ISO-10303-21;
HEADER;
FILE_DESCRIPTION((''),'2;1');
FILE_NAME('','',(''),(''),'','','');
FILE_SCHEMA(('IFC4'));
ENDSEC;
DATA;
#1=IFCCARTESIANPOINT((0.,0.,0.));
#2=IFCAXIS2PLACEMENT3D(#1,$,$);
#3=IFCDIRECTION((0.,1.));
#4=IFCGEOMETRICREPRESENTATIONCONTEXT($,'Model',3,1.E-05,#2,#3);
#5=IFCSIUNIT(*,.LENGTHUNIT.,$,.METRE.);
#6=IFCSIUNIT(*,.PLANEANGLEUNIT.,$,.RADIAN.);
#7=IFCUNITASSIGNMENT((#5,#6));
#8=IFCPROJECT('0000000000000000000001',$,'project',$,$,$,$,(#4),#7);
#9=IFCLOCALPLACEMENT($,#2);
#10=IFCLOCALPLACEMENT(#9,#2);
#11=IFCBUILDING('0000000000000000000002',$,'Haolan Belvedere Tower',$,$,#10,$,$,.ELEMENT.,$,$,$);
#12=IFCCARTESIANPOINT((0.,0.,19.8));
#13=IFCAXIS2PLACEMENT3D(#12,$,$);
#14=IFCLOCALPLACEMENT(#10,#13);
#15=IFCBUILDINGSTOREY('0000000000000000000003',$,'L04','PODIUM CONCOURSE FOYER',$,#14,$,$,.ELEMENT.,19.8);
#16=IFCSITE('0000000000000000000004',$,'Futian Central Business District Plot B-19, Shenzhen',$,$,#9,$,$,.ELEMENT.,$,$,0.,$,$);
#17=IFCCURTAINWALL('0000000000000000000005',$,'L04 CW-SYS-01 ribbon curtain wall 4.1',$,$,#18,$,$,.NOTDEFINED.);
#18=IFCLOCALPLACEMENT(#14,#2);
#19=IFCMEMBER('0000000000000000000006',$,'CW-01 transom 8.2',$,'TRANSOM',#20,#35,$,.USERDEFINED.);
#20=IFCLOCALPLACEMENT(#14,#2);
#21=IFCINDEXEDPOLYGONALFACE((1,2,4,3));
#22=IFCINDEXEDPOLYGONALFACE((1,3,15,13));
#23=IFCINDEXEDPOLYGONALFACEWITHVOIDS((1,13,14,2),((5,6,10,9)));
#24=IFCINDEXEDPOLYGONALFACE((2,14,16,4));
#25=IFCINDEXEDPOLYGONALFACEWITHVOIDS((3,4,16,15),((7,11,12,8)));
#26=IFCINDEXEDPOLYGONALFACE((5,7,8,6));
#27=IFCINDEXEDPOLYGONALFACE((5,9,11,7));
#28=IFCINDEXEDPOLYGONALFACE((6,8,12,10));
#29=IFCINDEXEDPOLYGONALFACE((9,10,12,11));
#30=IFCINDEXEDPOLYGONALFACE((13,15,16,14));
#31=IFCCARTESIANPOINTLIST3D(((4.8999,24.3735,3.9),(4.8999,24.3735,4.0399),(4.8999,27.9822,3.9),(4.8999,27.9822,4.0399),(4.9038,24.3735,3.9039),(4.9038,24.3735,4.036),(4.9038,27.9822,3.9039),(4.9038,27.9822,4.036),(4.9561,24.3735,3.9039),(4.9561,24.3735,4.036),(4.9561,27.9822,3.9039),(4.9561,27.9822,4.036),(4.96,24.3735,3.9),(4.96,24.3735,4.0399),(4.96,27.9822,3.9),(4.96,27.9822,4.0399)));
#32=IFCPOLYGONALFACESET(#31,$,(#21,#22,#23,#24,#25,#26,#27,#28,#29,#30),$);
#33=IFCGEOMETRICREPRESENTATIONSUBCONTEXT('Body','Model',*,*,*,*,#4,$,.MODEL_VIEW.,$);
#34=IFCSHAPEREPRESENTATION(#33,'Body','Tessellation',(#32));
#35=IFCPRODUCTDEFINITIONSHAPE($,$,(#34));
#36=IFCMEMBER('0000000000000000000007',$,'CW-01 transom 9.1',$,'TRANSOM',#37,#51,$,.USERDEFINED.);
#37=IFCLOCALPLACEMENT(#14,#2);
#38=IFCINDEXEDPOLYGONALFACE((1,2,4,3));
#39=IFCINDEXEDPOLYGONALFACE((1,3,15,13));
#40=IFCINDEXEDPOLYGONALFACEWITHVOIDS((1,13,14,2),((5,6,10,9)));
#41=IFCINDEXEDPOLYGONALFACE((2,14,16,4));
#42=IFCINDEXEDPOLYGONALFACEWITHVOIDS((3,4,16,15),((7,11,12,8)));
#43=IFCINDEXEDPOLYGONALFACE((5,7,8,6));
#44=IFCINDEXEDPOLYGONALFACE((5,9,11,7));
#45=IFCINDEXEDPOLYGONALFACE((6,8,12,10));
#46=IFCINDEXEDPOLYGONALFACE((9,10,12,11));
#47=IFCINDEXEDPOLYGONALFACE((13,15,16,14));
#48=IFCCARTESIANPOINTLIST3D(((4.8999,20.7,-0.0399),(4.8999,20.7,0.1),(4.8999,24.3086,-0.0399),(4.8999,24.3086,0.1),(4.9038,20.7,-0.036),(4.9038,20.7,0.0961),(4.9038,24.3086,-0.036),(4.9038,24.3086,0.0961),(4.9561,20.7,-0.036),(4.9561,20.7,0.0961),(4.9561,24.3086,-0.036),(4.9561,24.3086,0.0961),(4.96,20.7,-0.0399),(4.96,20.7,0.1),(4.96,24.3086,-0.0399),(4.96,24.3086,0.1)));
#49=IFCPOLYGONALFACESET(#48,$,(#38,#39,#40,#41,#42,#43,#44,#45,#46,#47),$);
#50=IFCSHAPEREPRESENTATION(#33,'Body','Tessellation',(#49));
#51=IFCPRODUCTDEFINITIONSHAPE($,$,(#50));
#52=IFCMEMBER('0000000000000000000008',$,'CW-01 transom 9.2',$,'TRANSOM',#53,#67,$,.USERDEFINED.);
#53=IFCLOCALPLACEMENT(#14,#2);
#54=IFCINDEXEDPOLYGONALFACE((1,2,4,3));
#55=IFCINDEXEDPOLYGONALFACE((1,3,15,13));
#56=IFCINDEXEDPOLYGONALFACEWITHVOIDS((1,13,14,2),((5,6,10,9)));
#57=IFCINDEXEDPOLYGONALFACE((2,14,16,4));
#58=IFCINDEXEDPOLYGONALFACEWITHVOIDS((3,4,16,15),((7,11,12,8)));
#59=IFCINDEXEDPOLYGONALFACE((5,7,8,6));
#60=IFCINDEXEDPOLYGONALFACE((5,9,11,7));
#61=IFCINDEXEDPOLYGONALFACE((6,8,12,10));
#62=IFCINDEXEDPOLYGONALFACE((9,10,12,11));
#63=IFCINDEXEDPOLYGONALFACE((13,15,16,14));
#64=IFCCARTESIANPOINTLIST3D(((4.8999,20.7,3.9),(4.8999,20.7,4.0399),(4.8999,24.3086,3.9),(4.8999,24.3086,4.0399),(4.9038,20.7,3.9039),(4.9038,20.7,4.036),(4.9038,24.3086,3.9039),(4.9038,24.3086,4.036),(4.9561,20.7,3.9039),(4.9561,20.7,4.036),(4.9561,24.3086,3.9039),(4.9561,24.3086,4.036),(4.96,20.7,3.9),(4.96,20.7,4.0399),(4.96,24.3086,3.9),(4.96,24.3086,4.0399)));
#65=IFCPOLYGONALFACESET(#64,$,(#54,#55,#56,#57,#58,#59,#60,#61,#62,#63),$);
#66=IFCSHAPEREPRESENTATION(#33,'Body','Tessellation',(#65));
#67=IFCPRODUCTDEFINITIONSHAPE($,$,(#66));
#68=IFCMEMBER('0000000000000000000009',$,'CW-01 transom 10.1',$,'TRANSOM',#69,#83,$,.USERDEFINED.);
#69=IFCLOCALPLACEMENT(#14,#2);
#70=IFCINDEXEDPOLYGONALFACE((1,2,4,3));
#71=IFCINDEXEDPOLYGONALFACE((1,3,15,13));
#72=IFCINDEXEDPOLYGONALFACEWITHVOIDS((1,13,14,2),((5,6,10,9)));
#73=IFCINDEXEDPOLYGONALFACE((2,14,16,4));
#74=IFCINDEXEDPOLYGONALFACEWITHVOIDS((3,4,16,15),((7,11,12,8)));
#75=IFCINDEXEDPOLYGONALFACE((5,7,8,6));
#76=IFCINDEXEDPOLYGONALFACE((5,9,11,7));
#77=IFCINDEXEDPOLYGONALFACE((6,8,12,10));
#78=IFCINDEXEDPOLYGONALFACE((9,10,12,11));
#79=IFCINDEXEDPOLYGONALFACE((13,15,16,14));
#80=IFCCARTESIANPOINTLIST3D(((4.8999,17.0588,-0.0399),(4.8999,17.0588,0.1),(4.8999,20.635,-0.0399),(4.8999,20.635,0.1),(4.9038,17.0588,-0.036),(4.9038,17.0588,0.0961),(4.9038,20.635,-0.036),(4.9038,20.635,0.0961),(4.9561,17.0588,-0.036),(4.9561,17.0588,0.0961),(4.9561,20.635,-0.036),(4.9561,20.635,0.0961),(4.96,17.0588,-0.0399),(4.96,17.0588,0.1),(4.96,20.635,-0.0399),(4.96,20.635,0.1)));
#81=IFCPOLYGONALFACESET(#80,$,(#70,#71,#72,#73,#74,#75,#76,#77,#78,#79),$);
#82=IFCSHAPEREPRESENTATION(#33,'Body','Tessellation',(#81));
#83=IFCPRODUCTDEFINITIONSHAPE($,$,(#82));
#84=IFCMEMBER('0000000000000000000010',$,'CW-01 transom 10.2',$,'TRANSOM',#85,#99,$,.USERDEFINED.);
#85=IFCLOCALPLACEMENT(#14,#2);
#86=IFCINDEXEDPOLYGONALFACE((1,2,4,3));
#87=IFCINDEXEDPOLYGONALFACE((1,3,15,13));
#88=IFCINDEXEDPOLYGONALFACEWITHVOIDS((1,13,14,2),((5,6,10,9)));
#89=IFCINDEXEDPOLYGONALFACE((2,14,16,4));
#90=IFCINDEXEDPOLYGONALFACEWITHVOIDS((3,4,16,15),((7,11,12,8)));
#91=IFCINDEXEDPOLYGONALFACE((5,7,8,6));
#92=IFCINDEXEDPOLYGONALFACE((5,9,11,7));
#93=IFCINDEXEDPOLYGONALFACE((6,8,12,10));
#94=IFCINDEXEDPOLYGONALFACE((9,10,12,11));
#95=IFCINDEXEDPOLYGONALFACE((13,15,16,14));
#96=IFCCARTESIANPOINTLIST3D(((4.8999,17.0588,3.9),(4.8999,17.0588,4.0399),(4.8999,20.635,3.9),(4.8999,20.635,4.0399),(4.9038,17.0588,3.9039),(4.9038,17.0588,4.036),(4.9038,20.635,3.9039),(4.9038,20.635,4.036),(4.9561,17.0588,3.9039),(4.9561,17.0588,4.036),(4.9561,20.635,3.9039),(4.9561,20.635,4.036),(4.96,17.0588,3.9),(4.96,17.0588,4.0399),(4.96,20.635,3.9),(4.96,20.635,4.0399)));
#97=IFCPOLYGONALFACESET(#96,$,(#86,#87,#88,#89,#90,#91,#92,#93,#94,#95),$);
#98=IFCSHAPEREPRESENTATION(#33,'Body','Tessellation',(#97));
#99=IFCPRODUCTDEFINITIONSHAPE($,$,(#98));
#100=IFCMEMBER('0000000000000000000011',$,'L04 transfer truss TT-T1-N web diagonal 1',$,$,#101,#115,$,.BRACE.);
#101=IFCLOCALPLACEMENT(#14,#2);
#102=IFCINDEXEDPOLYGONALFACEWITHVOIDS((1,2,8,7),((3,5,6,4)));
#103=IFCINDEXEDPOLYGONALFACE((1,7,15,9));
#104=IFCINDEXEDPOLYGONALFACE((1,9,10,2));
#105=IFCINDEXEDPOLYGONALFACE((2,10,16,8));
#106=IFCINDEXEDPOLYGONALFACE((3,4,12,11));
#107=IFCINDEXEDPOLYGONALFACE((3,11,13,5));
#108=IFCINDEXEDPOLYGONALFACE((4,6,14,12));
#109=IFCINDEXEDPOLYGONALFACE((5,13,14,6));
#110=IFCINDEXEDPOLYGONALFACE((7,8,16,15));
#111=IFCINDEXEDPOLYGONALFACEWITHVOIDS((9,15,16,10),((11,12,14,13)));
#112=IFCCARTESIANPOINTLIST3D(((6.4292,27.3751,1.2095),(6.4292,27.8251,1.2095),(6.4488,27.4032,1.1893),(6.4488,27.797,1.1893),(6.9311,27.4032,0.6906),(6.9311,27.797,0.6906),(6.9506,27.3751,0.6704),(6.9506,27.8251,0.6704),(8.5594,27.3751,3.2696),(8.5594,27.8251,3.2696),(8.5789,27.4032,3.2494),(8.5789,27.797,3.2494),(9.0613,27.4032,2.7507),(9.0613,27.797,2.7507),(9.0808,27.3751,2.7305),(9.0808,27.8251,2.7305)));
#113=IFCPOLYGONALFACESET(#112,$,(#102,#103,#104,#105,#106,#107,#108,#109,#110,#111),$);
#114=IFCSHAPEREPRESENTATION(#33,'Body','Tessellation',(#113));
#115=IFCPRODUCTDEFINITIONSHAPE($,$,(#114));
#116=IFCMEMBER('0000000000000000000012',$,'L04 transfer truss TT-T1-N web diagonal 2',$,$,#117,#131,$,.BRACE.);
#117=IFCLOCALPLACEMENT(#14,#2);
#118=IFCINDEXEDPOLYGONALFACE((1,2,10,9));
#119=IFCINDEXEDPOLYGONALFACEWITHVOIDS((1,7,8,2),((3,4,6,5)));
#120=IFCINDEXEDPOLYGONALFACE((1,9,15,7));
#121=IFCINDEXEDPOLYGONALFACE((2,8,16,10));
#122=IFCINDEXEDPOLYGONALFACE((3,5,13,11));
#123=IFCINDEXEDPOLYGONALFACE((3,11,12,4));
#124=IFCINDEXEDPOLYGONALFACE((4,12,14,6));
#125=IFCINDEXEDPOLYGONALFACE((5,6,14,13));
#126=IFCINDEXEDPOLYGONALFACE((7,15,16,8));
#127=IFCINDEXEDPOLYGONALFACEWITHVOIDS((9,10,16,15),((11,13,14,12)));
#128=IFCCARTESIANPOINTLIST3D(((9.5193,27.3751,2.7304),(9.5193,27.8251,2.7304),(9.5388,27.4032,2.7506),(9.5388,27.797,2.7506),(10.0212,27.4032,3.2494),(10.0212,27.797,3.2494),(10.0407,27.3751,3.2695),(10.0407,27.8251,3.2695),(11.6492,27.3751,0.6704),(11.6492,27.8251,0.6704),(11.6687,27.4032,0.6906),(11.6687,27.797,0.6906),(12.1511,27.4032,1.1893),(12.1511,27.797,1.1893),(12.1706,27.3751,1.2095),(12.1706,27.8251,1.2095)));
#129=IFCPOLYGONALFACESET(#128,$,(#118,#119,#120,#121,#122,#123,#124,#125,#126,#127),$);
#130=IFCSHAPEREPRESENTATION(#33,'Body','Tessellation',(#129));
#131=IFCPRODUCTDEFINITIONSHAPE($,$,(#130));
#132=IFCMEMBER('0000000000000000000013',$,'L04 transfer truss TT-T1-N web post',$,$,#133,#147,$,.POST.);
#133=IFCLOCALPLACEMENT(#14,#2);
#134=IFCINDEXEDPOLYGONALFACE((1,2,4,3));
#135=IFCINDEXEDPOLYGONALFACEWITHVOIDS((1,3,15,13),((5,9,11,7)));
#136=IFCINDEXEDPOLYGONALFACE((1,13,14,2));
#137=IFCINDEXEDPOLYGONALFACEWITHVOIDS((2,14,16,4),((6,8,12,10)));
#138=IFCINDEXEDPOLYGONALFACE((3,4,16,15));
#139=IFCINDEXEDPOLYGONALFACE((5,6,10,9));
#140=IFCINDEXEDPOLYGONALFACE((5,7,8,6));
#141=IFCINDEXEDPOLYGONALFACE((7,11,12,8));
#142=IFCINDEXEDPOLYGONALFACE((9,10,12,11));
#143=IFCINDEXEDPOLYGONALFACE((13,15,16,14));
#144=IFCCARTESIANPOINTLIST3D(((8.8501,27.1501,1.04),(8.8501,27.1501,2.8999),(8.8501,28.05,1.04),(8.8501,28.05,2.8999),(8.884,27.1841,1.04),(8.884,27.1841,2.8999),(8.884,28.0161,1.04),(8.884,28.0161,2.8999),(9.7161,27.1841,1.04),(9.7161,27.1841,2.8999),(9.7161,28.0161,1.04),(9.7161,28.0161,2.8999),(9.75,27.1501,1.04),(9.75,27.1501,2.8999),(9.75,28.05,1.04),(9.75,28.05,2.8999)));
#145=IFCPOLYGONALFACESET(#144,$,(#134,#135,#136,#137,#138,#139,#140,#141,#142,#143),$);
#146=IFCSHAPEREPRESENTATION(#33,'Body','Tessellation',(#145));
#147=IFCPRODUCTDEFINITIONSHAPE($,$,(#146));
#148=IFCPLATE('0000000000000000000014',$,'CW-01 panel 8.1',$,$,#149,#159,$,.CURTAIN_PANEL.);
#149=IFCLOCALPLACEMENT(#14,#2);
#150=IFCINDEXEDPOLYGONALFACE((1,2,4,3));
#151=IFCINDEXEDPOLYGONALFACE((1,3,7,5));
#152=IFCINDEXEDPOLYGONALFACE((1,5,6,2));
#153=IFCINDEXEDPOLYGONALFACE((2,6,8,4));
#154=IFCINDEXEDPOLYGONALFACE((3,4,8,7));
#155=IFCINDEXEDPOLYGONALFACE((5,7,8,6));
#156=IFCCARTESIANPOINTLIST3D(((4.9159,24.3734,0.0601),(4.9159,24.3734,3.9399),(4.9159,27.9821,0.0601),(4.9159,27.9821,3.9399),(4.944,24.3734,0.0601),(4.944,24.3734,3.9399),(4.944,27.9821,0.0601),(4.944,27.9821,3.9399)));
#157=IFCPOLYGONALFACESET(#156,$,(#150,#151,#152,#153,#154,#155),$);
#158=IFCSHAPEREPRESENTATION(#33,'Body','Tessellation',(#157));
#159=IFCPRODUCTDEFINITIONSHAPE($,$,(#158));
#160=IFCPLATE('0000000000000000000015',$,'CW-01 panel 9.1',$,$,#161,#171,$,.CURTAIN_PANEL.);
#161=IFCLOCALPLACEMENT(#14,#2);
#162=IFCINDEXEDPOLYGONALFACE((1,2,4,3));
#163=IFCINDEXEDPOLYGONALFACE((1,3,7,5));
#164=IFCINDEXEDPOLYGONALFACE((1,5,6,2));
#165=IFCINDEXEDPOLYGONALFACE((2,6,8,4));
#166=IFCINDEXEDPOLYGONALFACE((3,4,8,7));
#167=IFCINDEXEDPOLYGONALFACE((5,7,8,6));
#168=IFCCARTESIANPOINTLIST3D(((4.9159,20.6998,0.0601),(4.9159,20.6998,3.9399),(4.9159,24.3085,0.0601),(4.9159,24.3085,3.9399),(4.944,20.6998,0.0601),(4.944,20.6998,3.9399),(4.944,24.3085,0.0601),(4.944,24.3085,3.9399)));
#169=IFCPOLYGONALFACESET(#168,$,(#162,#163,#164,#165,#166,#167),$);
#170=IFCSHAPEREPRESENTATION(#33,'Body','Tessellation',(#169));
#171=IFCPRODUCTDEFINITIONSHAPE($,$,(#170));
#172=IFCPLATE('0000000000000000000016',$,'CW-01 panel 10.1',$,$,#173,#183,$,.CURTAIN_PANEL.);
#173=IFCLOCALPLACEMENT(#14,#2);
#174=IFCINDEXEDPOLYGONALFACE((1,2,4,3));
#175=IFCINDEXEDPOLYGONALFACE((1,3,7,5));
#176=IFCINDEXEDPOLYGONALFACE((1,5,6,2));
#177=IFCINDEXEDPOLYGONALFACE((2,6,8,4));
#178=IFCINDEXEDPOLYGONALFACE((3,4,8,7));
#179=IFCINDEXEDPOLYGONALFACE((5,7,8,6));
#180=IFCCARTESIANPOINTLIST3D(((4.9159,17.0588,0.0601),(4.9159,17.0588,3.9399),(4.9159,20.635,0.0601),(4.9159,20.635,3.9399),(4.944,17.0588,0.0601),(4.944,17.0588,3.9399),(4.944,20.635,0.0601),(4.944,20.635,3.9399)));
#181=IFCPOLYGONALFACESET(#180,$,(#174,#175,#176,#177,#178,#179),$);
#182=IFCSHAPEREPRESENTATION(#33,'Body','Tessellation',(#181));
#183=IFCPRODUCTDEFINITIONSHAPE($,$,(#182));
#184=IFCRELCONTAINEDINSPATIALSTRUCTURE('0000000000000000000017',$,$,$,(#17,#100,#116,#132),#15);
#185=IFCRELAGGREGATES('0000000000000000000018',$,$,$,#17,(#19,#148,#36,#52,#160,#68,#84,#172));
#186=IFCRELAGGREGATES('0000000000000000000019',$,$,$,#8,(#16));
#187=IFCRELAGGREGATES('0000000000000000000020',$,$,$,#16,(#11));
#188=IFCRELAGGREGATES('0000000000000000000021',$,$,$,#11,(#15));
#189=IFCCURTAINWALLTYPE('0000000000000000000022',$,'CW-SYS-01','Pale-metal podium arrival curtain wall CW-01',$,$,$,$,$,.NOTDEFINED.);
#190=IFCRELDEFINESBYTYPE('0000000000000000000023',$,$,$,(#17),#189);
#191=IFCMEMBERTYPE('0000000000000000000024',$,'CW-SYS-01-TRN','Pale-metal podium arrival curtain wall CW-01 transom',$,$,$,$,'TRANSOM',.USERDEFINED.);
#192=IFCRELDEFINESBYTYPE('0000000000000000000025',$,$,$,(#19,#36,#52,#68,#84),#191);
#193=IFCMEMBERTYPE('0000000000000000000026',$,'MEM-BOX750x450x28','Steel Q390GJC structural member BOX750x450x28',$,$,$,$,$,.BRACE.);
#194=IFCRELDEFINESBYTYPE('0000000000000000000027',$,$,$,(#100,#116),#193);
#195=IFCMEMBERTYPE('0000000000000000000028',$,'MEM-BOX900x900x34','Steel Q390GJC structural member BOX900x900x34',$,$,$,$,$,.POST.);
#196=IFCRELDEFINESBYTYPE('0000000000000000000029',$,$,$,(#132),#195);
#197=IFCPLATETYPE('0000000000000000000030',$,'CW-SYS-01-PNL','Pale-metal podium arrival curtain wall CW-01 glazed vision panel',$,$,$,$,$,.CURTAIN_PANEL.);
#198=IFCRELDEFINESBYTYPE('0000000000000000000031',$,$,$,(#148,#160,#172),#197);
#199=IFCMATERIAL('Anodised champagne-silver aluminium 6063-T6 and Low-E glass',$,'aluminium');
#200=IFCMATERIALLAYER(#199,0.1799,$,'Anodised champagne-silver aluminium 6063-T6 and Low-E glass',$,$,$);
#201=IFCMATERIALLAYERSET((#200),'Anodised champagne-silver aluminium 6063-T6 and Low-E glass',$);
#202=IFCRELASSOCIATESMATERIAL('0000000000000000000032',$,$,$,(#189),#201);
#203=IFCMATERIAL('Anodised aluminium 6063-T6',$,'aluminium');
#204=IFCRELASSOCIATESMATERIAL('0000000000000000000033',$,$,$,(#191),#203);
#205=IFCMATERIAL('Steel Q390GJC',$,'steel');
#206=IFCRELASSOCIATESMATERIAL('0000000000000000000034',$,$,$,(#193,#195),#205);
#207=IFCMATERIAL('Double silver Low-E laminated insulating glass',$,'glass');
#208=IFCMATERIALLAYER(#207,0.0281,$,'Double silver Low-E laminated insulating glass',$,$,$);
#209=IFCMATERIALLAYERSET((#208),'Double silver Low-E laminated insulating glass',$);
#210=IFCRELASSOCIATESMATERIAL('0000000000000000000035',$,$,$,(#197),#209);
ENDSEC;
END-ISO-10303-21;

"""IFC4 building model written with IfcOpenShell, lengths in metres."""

from ifc_helpers import new_model, si_unit, direction, frame, origin, origin_2d, place, context, subcontext, project, spatial, rectangle, hollow_rectangle, extrude, material, layer, layer_set, material_profile, profile_set, type_object, element, aggregate, save


model = new_model("IFC4")

# Units and contexts
model_context = context("Model", 3, precision=1e-05, world=origin(), true_north=direction((0.0, 1.0)))
body_context = subcontext(model_context, "Body", "Model", "MODEL_VIEW")
ifc_project = project(units=[si_unit("LENGTHUNIT", "METRE"), si_unit("PLANEANGLEUNIT", "RADIAN")], contexts=[model_context])

# Site, building, storey
site_placement = place(None, origin())
site = spatial("IfcSite", under=ifc_project, at=site_placement, Name="Futian Central Business District Plot B-19, Shenzhen", CompositionType="ELEMENT", RefElevation=0.0)
building_placement = place(site_placement, origin())
building = spatial("IfcBuilding", under=site, at=building_placement, Name="Haolan Belvedere Tower", CompositionType="ELEMENT")
storey_placement = place(building_placement, frame((0.0, 0.0, 19.8)))
storey = spatial("IfcBuildingStorey", under=building, at=storey_placement, Name="L04", Description="PODIUM CONCOURSE FOYER", CompositionType="ELEMENT", Elevation=19.8)

# Curtain wall, members
ifc_material_1 = material(Name="Anodised champagne-silver aluminium 6063-T6 and Low-E glass", Category="aluminium")
ifc_layer_1 = layer(ifc_material_1, 0.1799, Name="Anodised champagne-silver aluminium 6063-T6 and Low-E glass")
ifc_layer_set_1 = layer_set([ifc_layer_1], Name="Anodised champagne-silver aluminium 6063-T6 and Low-E glass")
curtain_wall_type = type_object("IfcCurtainWallType", Name="CW-SYS-01", Description="Pale-metal podium arrival curtain wall CW-01", PredefinedType="NOTDEFINED", material=ifc_layer_set_1)
curtain_wall_placement = place(storey_placement, origin())
curtain_wall = element("IfcCurtainWall", 1, at=curtain_wall_placement, inside=storey, type_object=curtain_wall_type, Name="L04 CW-SYS-01 ribbon curtain wall 4.1", PredefinedType="NOTDEFINED")
ifc_material_2 = material(Name="Anodised aluminium 6063-T6", Category="aluminium")
ifc_material_profile_1 = material_profile(ifc_material_2, hollow_rectangle(XDim=0.0601, YDim=0.1399, WallThickness=0.0039, at=origin_2d()), Name="Anodised aluminium 6063-T6")
ifc_profile_set_1 = profile_set([ifc_material_profile_1], Name="Anodised aluminium 6063-T6")
member_type_1 = type_object("IfcMemberType", Name="CW-SYS-01-TRN", Description="Pale-metal podium arrival curtain wall CW-01 transom", ElementType="TRANSOM", PredefinedType="USERDEFINED", material=ifc_profile_set_1)
member_1_placement = place(storey_placement, frame((4.9299, 27.9822, 3.97), z_axis=(0.0, -1.0, 0.0), x_axis=(1.0, 0.0, 0.0)))
member_1 = element("IfcMember", 2, at=member_1_placement, type_object=member_type_1, Name="CW-01 transom 8.2", ObjectType="TRANSOM", PredefinedType="USERDEFINED", context=body_context, shape_type="SweptSolid", body=[
    extrude(hollow_rectangle(XDim=0.0601, YDim=0.1399, WallThickness=0.0039, at=origin_2d()), origin(), (0.0, 0.0, 1.0), 3.6086),
])
member_2_placement = place(storey_placement, frame((4.9299, 24.3086, 0.03), z_axis=(0.0, -1.0, 0.0), x_axis=(1.0, 0.0, 0.0)))
member_2 = element("IfcMember", 3, at=member_2_placement, type_object=member_type_1, Name="CW-01 transom 9.1", ObjectType="TRANSOM", PredefinedType="USERDEFINED", context=body_context, shape_type="SweptSolid", body=[
    extrude(hollow_rectangle(XDim=0.0601, YDim=0.1399, WallThickness=0.0039, at=origin_2d()), origin(), (0.0, 0.0, 1.0), 3.6086),
])
member_3_placement = place(storey_placement, frame((4.9299, 24.3086, 3.97), z_axis=(0.0, -1.0, 0.0), x_axis=(1.0, 0.0, 0.0)))
member_3 = element("IfcMember", 4, at=member_3_placement, type_object=member_type_1, Name="CW-01 transom 9.2", ObjectType="TRANSOM", PredefinedType="USERDEFINED", context=body_context, shape_type="SweptSolid", body=[
    extrude(hollow_rectangle(XDim=0.0601, YDim=0.1399, WallThickness=0.0039, at=origin_2d()), origin(), (0.0, 0.0, 1.0), 3.6086),
])
member_4_placement = place(storey_placement, frame((4.9299, 20.635, 0.03), z_axis=(0.0, -1.0, 0.0), x_axis=(1.0, 0.0, 0.0)))
member_4 = element("IfcMember", 5, at=member_4_placement, type_object=member_type_1, Name="CW-01 transom 10.1", ObjectType="TRANSOM", PredefinedType="USERDEFINED", context=body_context, shape_type="SweptSolid", body=[
    extrude(hollow_rectangle(XDim=0.0601, YDim=0.1399, WallThickness=0.0039, at=origin_2d()), origin(), (0.0, 0.0, 1.0), 3.5762),
])
member_5_placement = place(storey_placement, frame((4.9299, 20.635, 3.97), z_axis=(0.0, -1.0, 0.0), x_axis=(1.0, 0.0, 0.0)))
member_5 = element("IfcMember", 6, at=member_5_placement, type_object=member_type_1, Name="CW-01 transom 10.2", ObjectType="TRANSOM", PredefinedType="USERDEFINED", context=body_context, shape_type="SweptSolid", body=[
    extrude(hollow_rectangle(XDim=0.0601, YDim=0.1399, WallThickness=0.0039, at=origin_2d()), origin(), (0.0, 0.0, 1.0), 3.5762),
])

# Members
ifc_material_3 = material(Name="Steel Q390GJC", Category="steel")
ifc_material_profile_2 = material_profile(ifc_material_3, hollow_rectangle(XDim=0.45, YDim=0.75, WallThickness=0.0281, at=origin_2d()), Name="Steel Q390GJC")
ifc_profile_set_2 = profile_set([ifc_material_profile_2], Name="Steel Q390GJC")
member_type_2 = type_object("IfcMemberType", Name="MEM-BOX750x450x28", Description="Steel Q390GJC structural member BOX750x450x28", PredefinedType="BRACE", material=ifc_profile_set_2)
member_6_placement = place(storey_placement, frame((6.6899, 27.6001, 0.9399), z_axis=(0.718831, 0.0, 0.695185), x_axis=(0.0, 1.0, 0.0)))
element("IfcMember", 7, at=member_6_placement, inside=storey, type_object=member_type_2, Name="L04 transfer truss TT-T1-N web diagonal 1", PredefinedType="BRACE", context=body_context, shape_type="SweptSolid", body=[
    extrude(hollow_rectangle(XDim=0.45, YDim=0.75, WallThickness=0.0281, at=origin_2d()), origin(), (0.0, 0.0, 1.0), 2.9634),
])
member_7_placement = place(storey_placement, frame((11.9099, 27.6001, 0.9399), z_axis=(-0.718791, 0.0, 0.695227), x_axis=(0.0, -1.0, 0.0)))
element("IfcMember", 8, at=member_7_placement, inside=storey, type_object=member_type_2, Name="L04 transfer truss TT-T1-N web diagonal 2", PredefinedType="BRACE", context=body_context, shape_type="SweptSolid", body=[
    extrude(hollow_rectangle(XDim=0.45, YDim=0.75, WallThickness=0.0281, at=origin_2d()), origin(), (0.0, 0.0, 1.0), 2.9631),
])
ifc_material_profile_3 = material_profile(ifc_material_3, hollow_rectangle(XDim=0.8999, YDim=0.8999, WallThickness=0.0339, at=origin_2d()), Name="Steel Q390GJC")
ifc_profile_set_3 = profile_set([ifc_material_profile_3], Name="Steel Q390GJC")
member_type_3 = type_object("IfcMemberType", Name="MEM-BOX900x900x34", Description="Steel Q390GJC structural member BOX900x900x34", PredefinedType="POST", material=ifc_profile_set_3)
member_8_placement = place(storey_placement, frame((9.3, 27.6001, 1.04), z_axis=(0.0, 0.0, 1.0), x_axis=(1.0, 0.0, 0.0)))
element("IfcMember", 9, at=member_8_placement, inside=storey, type_object=member_type_3, Name="L04 transfer truss TT-T1-N web post", PredefinedType="POST", context=body_context, shape_type="SweptSolid", body=[
    extrude(hollow_rectangle(XDim=0.8999, YDim=0.8999, WallThickness=0.0339, at=origin_2d()), origin(), (0.0, 0.0, 1.0), 1.8599),
])

# Plates
ifc_material_4 = material(Name="Double silver Low-E laminated insulating glass", Category="glass")
ifc_layer_2 = layer(ifc_material_4, 0.0281, Name="Double silver Low-E laminated insulating glass")
ifc_layer_set_2 = layer_set([ifc_layer_2], Name="Double silver Low-E laminated insulating glass")
plate_type_1 = type_object("IfcPlateType", Name="CW-SYS-01-PNL", Description="Pale-metal podium arrival curtain wall CW-01 glazed vision panel", PredefinedType="CURTAIN_PANEL", material=ifc_layer_set_2)
plate_1_placement = place(storey_placement, frame((4.9299, 26.1777, 0.0601), z_axis=(0.0, 0.0, 1.0), x_axis=(0.0, -1.0, 0.0)))
plate_1 = element("IfcPlate", 10, at=plate_1_placement, type_object=plate_type_1, Name="CW-01 panel 8.1", PredefinedType="CURTAIN_PANEL", context=body_context, shape_type="SweptSolid", body=[
    extrude(rectangle(XDim=3.6086, YDim=0.0281, at=origin_2d()), origin(), (0.0, 0.0, 1.0), 3.8799),
])
plate_2_placement = place(storey_placement, frame((4.9299, 22.5042, 0.0601), z_axis=(0.0, 0.0, 1.0), x_axis=(0.0, -1.0, 0.0)))
plate_2 = element("IfcPlate", 11, at=plate_2_placement, type_object=plate_type_1, Name="CW-01 panel 9.1", PredefinedType="CURTAIN_PANEL", context=body_context, shape_type="SweptSolid", body=[
    extrude(rectangle(XDim=3.6086, YDim=0.0281, at=origin_2d()), origin(), (0.0, 0.0, 1.0), 3.8799),
])
plate_3_placement = place(storey_placement, frame((4.9299, 18.8469, 0.0601), z_axis=(0.0, 0.0, 1.0), x_axis=(0.0, -1.0, 0.0)))
plate_3 = element("IfcPlate", 12, at=plate_3_placement, type_object=plate_type_1, Name="CW-01 panel 10.1", PredefinedType="CURTAIN_PANEL", context=body_context, shape_type="SweptSolid", body=[
    extrude(rectangle(XDim=3.5762, YDim=0.0281, at=origin_2d()), origin(), (0.0, 0.0, 1.0), 3.8799),
])
aggregate(curtain_wall, [member_1, plate_1, member_2, member_3, plate_2, member_4, member_5, plate_3])

save(model, "model.ifc")
